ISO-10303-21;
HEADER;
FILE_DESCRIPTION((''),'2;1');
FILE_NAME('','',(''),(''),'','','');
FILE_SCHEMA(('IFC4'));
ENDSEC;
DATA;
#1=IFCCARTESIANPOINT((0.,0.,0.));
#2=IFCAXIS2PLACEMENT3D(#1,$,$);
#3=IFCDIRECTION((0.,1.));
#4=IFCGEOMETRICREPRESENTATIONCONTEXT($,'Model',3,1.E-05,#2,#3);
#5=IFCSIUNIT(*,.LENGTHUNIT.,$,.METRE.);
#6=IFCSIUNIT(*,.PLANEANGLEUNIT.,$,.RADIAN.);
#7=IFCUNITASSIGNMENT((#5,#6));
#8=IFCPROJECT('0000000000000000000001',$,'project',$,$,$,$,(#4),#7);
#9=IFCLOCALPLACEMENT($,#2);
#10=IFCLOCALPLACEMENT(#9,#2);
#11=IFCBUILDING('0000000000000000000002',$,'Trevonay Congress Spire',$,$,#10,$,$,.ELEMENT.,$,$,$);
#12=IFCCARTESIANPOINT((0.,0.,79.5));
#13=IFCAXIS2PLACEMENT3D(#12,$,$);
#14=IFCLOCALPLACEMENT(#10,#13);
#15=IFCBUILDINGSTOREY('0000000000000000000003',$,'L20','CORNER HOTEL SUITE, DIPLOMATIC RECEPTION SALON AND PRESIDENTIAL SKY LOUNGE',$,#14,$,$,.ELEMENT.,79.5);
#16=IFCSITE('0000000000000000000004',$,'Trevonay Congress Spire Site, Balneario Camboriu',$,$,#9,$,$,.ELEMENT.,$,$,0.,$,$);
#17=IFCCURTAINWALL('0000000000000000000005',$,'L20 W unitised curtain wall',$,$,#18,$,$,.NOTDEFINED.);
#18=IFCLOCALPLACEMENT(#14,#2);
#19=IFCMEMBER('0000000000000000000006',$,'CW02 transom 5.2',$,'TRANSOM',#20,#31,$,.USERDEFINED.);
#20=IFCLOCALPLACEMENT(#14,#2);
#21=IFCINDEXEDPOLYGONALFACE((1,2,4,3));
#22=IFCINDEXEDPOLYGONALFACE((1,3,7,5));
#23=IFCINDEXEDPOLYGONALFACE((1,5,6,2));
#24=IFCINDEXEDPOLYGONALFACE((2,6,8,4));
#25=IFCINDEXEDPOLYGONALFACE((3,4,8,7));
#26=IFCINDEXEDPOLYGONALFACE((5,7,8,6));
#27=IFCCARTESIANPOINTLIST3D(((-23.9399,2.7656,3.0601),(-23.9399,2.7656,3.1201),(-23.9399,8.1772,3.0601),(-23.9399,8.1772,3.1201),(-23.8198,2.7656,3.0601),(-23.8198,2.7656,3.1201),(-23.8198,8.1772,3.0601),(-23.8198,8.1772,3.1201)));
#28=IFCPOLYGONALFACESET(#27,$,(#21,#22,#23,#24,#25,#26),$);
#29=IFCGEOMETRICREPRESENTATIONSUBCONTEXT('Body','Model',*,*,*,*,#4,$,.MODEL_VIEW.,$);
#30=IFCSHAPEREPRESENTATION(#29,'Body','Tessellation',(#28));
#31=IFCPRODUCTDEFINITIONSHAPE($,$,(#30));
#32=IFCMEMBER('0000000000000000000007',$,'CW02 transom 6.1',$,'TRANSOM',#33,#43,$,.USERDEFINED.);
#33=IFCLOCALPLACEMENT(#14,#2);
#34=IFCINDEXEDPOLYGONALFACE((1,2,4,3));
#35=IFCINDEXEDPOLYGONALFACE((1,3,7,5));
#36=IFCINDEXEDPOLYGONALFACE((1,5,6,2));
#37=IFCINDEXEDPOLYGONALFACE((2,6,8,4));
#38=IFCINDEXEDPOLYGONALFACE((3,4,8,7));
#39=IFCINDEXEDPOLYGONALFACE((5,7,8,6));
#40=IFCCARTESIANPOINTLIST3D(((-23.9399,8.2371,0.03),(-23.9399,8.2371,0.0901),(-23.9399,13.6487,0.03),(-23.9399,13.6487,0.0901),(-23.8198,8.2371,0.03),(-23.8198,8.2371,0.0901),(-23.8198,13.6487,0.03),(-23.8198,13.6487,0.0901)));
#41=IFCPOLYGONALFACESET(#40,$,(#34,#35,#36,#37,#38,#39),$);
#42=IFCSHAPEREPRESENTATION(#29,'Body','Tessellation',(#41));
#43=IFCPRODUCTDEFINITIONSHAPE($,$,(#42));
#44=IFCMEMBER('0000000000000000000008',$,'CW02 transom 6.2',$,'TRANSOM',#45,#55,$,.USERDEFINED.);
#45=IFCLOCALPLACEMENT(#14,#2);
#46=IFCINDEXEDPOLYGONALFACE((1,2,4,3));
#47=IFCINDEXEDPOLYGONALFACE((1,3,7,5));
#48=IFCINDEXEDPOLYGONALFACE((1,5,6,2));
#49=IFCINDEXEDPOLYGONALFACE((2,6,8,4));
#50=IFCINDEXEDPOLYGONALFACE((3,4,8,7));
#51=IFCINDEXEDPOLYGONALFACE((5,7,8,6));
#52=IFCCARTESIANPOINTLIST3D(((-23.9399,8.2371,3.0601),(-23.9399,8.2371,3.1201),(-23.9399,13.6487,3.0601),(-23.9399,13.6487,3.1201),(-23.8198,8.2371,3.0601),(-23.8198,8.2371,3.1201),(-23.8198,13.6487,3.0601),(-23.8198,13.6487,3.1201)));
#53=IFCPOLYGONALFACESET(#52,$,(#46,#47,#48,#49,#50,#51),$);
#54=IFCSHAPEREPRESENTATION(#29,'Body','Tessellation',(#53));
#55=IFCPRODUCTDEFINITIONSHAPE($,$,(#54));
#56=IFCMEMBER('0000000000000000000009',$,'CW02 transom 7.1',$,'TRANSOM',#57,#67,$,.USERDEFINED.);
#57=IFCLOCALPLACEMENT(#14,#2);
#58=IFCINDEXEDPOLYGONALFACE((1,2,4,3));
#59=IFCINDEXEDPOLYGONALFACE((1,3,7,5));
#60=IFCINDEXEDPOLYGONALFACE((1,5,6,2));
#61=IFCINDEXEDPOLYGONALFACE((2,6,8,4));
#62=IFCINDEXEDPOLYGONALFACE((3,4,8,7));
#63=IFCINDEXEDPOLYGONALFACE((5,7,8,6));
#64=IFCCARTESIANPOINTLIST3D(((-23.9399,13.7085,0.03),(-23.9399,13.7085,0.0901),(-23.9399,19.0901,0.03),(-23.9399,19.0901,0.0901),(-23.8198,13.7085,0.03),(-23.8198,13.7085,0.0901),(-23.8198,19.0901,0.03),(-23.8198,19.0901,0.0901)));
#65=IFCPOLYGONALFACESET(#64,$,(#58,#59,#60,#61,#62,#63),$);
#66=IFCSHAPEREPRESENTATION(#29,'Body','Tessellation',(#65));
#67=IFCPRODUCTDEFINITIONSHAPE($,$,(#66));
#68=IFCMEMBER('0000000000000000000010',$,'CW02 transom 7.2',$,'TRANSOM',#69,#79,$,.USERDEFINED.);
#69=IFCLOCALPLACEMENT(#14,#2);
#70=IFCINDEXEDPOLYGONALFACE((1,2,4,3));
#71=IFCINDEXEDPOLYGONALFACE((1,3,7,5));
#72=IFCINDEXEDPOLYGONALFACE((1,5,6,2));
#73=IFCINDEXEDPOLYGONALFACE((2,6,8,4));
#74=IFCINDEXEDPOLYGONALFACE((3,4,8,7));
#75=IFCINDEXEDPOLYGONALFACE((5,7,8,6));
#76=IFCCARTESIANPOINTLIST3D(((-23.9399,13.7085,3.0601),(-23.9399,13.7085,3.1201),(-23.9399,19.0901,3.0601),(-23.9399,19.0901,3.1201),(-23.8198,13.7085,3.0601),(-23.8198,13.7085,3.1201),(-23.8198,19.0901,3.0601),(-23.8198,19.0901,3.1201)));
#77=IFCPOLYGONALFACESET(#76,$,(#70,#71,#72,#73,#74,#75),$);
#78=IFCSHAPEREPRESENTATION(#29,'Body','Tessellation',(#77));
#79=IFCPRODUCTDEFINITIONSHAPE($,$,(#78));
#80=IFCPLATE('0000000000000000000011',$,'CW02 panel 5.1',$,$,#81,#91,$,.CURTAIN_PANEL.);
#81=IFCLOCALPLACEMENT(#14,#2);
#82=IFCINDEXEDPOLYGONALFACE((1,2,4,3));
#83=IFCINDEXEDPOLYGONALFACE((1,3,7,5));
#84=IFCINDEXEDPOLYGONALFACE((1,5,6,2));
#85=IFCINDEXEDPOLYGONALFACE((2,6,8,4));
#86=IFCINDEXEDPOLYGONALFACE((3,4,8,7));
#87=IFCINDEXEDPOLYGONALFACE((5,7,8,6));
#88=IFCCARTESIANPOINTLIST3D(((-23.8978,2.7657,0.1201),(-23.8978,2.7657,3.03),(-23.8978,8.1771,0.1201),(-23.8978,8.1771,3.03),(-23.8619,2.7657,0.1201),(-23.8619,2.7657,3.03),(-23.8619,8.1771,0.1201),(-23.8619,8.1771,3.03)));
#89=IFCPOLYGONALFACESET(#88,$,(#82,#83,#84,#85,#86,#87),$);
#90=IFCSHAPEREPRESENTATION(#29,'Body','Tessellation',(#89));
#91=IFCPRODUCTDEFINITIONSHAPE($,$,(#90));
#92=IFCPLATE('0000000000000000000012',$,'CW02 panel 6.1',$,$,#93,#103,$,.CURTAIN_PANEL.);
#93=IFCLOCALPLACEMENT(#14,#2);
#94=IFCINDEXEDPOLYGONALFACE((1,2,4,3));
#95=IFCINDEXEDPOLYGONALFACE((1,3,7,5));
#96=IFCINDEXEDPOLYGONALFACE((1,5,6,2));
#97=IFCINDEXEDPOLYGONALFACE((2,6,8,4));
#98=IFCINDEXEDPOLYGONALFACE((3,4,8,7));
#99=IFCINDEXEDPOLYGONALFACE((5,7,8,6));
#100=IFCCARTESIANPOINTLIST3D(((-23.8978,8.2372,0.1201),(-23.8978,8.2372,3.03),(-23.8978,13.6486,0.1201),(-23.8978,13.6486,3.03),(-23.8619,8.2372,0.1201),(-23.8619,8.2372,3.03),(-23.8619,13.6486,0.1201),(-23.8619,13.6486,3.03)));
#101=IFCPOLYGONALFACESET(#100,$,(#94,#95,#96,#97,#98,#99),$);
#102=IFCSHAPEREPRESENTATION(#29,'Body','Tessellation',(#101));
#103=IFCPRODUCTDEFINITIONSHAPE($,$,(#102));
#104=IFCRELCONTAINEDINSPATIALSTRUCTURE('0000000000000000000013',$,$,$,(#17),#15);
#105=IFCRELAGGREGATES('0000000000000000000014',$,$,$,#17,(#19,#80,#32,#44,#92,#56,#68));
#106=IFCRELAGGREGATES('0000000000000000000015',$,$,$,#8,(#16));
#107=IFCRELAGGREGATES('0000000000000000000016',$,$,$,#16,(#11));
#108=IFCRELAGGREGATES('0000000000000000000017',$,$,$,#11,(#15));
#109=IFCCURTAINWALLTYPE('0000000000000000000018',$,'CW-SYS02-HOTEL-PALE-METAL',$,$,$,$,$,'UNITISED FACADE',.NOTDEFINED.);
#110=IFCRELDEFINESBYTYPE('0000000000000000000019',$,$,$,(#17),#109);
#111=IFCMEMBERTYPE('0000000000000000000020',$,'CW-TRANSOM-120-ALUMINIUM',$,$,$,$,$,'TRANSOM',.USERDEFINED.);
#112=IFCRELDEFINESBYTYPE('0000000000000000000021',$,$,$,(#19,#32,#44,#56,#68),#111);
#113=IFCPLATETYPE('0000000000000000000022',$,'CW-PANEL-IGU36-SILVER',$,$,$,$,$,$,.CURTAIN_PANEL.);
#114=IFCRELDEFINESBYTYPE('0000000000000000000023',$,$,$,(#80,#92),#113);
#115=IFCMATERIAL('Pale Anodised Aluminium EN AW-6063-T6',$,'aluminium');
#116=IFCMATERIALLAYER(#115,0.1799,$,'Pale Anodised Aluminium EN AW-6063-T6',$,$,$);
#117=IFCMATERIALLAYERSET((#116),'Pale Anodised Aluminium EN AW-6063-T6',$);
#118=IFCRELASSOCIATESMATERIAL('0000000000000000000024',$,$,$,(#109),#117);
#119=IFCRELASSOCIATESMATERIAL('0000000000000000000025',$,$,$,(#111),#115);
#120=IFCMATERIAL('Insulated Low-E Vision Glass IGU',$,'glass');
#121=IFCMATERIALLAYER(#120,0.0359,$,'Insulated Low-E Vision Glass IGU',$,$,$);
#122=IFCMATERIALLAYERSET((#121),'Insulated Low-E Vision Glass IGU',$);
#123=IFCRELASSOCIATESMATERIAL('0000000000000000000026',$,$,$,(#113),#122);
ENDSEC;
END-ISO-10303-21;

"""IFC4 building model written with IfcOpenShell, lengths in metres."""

from ifc_helpers import new_model, si_unit, direction, frame, origin, origin_2d, place, context, subcontext, project, spatial, rectangle, extrude, material, layer, layer_set, material_profile, profile_set, type_object, element, aggregate, save


model = new_model("IFC4")

# Units and contexts
model_context = context("Model", 3, precision=1e-05, world=origin(), true_north=direction((0.0, 1.0)))
body_context = subcontext(model_context, "Body", "Model", "MODEL_VIEW")
ifc_project = project(units=[si_unit("LENGTHUNIT", "METRE"), si_unit("PLANEANGLEUNIT", "RADIAN")], contexts=[model_context])

# Site, building, storey
site_placement = place(None, origin())
site = spatial("IfcSite", under=ifc_project, at=site_placement, Name="Trevonay Congress Spire Site, Balneario Camboriu", CompositionType="ELEMENT", RefElevation=0.0)
building_placement = place(site_placement, origin())
building = spatial("IfcBuilding", under=site, at=building_placement, Name="Trevonay Congress Spire", CompositionType="ELEMENT")
storey_placement = place(building_placement, frame((0.0, 0.0, 79.5)))
storey = spatial("IfcBuildingStorey", under=building, at=storey_placement, Name="L20", Description="CORNER HOTEL SUITE, DIPLOMATIC RECEPTION SALON AND PRESIDENTIAL SKY LOUNGE", CompositionType="ELEMENT", Elevation=79.5)

# Curtain wall, members, plates
ifc_material_1 = material(Name="Pale Anodised Aluminium EN AW-6063-T6", Category="aluminium")
ifc_layer_1 = layer(ifc_material_1, 0.1799, Name="Pale Anodised Aluminium EN AW-6063-T6")
ifc_layer_set_1 = layer_set([ifc_layer_1], Name="Pale Anodised Aluminium EN AW-6063-T6")
curtain_wall_type = type_object("IfcCurtainWallType", Name="CW-SYS02-HOTEL-PALE-METAL", ElementType="UNITISED FACADE", PredefinedType="NOTDEFINED", material=ifc_layer_set_1)
curtain_wall_placement = place(storey_placement, origin())
curtain_wall = element("IfcCurtainWall", 1, at=curtain_wall_placement, inside=storey, type_object=curtain_wall_type, Name="L20 W unitised curtain wall", PredefinedType="NOTDEFINED")
ifc_material_profile_1 = material_profile(ifc_material_1, rectangle(XDim=0.1201, YDim=0.0601, at=origin_2d()), Name="CW-TRANSOM-120-ALUMINIUM")
ifc_profile_set_1 = profile_set([ifc_material_profile_1], Name="Pale Anodised Aluminium EN AW-6063-T6")
member_type_1 = type_object("IfcMemberType", Name="CW-TRANSOM-120-ALUMINIUM", ElementType="TRANSOM", PredefinedType="USERDEFINED", material=ifc_profile_set_1)
member_1_placement = place(storey_placement, frame((-23.8799, 2.7656, 3.0901), z_axis=(0.0, 1.0, 0.0), x_axis=(-1.0, 0.0, 0.0)))
member_1 = element("IfcMember", 2, at=member_1_placement, type_object=member_type_1, Name="CW02 transom 5.2", ObjectType="TRANSOM", PredefinedType="USERDEFINED", context=body_context, shape_type="SweptSolid", body=[
    extrude(rectangle(XDim=0.1201, YDim=0.0601, at=origin_2d()), origin(), (0.0, 0.0, 1.0), 5.4116),
])
member_2_placement = place(storey_placement, frame((-23.8799, 8.2371, 0.0601), z_axis=(0.0, 1.0, 0.0), x_axis=(-1.0, 0.0, 0.0)))
member_2 = element("IfcMember", 3, at=member_2_placement, type_object=member_type_1, Name="CW02 transom 6.1", ObjectType="TRANSOM", PredefinedType="USERDEFINED", context=body_context, shape_type="SweptSolid", body=[
    extrude(rectangle(XDim=0.1201, YDim=0.0601, at=origin_2d()), origin(), (0.0, 0.0, 1.0), 5.4116),
])
member_3_placement = place(storey_placement, frame((-23.8799, 8.2371, 3.0901), z_axis=(0.0, 1.0, 0.0), x_axis=(-1.0, 0.0, 0.0)))
member_3 = element("IfcMember", 4, at=member_3_placement, type_object=member_type_1, Name="CW02 transom 6.2", ObjectType="TRANSOM", PredefinedType="USERDEFINED", context=body_context, shape_type="SweptSolid", body=[
    extrude(rectangle(XDim=0.1201, YDim=0.0601, at=origin_2d()), origin(), (0.0, 0.0, 1.0), 5.4116),
])
member_4_placement = place(storey_placement, frame((-23.8799, 13.7085, 0.0601), z_axis=(0.0, 1.0, 0.0), x_axis=(-1.0, 0.0, 0.0)))
member_4 = element("IfcMember", 5, at=member_4_placement, type_object=member_type_1, Name="CW02 transom 7.1", ObjectType="TRANSOM", PredefinedType="USERDEFINED", context=body_context, shape_type="SweptSolid", body=[
    extrude(rectangle(XDim=0.1201, YDim=0.0601, at=origin_2d()), origin(), (0.0, 0.0, 1.0), 5.3816),
])
member_5_placement = place(storey_placement, frame((-23.8799, 13.7085, 3.0901), z_axis=(0.0, 1.0, 0.0), x_axis=(-1.0, 0.0, 0.0)))
member_5 = element("IfcMember", 6, at=member_5_placement, type_object=member_type_1, Name="CW02 transom 7.2", ObjectType="TRANSOM", PredefinedType="USERDEFINED", context=body_context, shape_type="SweptSolid", body=[
    extrude(rectangle(XDim=0.1201, YDim=0.0601, at=origin_2d()), origin(), (0.0, 0.0, 1.0), 5.3816),
])
ifc_material_2 = material(Name="Insulated Low-E Vision Glass IGU", Category="glass")
ifc_layer_2 = layer(ifc_material_2, 0.0359, Name="Insulated Low-E Vision Glass IGU")
ifc_layer_set_2 = layer_set([ifc_layer_2], Name="Insulated Low-E Vision Glass IGU")
plate_type = type_object("IfcPlateType", Name="CW-PANEL-IGU36-SILVER", PredefinedType="CURTAIN_PANEL", material=ifc_layer_set_2)
plate_1_placement = place(storey_placement, frame((-23.8799, 5.4714, 0.1201), z_axis=(0.0, 0.0, 1.0), x_axis=(0.0, 1.0, 0.0)))
plate_1 = element("IfcPlate", 7, at=plate_1_placement, type_object=plate_type, Name="CW02 panel 5.1", PredefinedType="CURTAIN_PANEL", context=body_context, shape_type="SweptSolid", body=[
    extrude(rectangle(XDim=5.4114, YDim=0.0359, at=origin_2d()), origin(), (0.0, 0.0, 1.0), 2.9099),
])
plate_2_placement = place(storey_placement, frame((-23.8799, 10.9429, 0.1201), z_axis=(0.0, 0.0, 1.0), x_axis=(0.0, 1.0, 0.0)))
plate_2 = element("IfcPlate", 8, at=plate_2_placement, type_object=plate_type, Name="CW02 panel 6.1", PredefinedType="CURTAIN_PANEL", context=body_context, shape_type="SweptSolid", body=[
    extrude(rectangle(XDim=5.4114, YDim=0.0359, at=origin_2d()), origin(), (0.0, 0.0, 1.0), 2.9099),
])
aggregate(curtain_wall, [member_1, plate_1, member_2, member_3, plate_2, member_4, member_5])

save(model, "model.ifc")
